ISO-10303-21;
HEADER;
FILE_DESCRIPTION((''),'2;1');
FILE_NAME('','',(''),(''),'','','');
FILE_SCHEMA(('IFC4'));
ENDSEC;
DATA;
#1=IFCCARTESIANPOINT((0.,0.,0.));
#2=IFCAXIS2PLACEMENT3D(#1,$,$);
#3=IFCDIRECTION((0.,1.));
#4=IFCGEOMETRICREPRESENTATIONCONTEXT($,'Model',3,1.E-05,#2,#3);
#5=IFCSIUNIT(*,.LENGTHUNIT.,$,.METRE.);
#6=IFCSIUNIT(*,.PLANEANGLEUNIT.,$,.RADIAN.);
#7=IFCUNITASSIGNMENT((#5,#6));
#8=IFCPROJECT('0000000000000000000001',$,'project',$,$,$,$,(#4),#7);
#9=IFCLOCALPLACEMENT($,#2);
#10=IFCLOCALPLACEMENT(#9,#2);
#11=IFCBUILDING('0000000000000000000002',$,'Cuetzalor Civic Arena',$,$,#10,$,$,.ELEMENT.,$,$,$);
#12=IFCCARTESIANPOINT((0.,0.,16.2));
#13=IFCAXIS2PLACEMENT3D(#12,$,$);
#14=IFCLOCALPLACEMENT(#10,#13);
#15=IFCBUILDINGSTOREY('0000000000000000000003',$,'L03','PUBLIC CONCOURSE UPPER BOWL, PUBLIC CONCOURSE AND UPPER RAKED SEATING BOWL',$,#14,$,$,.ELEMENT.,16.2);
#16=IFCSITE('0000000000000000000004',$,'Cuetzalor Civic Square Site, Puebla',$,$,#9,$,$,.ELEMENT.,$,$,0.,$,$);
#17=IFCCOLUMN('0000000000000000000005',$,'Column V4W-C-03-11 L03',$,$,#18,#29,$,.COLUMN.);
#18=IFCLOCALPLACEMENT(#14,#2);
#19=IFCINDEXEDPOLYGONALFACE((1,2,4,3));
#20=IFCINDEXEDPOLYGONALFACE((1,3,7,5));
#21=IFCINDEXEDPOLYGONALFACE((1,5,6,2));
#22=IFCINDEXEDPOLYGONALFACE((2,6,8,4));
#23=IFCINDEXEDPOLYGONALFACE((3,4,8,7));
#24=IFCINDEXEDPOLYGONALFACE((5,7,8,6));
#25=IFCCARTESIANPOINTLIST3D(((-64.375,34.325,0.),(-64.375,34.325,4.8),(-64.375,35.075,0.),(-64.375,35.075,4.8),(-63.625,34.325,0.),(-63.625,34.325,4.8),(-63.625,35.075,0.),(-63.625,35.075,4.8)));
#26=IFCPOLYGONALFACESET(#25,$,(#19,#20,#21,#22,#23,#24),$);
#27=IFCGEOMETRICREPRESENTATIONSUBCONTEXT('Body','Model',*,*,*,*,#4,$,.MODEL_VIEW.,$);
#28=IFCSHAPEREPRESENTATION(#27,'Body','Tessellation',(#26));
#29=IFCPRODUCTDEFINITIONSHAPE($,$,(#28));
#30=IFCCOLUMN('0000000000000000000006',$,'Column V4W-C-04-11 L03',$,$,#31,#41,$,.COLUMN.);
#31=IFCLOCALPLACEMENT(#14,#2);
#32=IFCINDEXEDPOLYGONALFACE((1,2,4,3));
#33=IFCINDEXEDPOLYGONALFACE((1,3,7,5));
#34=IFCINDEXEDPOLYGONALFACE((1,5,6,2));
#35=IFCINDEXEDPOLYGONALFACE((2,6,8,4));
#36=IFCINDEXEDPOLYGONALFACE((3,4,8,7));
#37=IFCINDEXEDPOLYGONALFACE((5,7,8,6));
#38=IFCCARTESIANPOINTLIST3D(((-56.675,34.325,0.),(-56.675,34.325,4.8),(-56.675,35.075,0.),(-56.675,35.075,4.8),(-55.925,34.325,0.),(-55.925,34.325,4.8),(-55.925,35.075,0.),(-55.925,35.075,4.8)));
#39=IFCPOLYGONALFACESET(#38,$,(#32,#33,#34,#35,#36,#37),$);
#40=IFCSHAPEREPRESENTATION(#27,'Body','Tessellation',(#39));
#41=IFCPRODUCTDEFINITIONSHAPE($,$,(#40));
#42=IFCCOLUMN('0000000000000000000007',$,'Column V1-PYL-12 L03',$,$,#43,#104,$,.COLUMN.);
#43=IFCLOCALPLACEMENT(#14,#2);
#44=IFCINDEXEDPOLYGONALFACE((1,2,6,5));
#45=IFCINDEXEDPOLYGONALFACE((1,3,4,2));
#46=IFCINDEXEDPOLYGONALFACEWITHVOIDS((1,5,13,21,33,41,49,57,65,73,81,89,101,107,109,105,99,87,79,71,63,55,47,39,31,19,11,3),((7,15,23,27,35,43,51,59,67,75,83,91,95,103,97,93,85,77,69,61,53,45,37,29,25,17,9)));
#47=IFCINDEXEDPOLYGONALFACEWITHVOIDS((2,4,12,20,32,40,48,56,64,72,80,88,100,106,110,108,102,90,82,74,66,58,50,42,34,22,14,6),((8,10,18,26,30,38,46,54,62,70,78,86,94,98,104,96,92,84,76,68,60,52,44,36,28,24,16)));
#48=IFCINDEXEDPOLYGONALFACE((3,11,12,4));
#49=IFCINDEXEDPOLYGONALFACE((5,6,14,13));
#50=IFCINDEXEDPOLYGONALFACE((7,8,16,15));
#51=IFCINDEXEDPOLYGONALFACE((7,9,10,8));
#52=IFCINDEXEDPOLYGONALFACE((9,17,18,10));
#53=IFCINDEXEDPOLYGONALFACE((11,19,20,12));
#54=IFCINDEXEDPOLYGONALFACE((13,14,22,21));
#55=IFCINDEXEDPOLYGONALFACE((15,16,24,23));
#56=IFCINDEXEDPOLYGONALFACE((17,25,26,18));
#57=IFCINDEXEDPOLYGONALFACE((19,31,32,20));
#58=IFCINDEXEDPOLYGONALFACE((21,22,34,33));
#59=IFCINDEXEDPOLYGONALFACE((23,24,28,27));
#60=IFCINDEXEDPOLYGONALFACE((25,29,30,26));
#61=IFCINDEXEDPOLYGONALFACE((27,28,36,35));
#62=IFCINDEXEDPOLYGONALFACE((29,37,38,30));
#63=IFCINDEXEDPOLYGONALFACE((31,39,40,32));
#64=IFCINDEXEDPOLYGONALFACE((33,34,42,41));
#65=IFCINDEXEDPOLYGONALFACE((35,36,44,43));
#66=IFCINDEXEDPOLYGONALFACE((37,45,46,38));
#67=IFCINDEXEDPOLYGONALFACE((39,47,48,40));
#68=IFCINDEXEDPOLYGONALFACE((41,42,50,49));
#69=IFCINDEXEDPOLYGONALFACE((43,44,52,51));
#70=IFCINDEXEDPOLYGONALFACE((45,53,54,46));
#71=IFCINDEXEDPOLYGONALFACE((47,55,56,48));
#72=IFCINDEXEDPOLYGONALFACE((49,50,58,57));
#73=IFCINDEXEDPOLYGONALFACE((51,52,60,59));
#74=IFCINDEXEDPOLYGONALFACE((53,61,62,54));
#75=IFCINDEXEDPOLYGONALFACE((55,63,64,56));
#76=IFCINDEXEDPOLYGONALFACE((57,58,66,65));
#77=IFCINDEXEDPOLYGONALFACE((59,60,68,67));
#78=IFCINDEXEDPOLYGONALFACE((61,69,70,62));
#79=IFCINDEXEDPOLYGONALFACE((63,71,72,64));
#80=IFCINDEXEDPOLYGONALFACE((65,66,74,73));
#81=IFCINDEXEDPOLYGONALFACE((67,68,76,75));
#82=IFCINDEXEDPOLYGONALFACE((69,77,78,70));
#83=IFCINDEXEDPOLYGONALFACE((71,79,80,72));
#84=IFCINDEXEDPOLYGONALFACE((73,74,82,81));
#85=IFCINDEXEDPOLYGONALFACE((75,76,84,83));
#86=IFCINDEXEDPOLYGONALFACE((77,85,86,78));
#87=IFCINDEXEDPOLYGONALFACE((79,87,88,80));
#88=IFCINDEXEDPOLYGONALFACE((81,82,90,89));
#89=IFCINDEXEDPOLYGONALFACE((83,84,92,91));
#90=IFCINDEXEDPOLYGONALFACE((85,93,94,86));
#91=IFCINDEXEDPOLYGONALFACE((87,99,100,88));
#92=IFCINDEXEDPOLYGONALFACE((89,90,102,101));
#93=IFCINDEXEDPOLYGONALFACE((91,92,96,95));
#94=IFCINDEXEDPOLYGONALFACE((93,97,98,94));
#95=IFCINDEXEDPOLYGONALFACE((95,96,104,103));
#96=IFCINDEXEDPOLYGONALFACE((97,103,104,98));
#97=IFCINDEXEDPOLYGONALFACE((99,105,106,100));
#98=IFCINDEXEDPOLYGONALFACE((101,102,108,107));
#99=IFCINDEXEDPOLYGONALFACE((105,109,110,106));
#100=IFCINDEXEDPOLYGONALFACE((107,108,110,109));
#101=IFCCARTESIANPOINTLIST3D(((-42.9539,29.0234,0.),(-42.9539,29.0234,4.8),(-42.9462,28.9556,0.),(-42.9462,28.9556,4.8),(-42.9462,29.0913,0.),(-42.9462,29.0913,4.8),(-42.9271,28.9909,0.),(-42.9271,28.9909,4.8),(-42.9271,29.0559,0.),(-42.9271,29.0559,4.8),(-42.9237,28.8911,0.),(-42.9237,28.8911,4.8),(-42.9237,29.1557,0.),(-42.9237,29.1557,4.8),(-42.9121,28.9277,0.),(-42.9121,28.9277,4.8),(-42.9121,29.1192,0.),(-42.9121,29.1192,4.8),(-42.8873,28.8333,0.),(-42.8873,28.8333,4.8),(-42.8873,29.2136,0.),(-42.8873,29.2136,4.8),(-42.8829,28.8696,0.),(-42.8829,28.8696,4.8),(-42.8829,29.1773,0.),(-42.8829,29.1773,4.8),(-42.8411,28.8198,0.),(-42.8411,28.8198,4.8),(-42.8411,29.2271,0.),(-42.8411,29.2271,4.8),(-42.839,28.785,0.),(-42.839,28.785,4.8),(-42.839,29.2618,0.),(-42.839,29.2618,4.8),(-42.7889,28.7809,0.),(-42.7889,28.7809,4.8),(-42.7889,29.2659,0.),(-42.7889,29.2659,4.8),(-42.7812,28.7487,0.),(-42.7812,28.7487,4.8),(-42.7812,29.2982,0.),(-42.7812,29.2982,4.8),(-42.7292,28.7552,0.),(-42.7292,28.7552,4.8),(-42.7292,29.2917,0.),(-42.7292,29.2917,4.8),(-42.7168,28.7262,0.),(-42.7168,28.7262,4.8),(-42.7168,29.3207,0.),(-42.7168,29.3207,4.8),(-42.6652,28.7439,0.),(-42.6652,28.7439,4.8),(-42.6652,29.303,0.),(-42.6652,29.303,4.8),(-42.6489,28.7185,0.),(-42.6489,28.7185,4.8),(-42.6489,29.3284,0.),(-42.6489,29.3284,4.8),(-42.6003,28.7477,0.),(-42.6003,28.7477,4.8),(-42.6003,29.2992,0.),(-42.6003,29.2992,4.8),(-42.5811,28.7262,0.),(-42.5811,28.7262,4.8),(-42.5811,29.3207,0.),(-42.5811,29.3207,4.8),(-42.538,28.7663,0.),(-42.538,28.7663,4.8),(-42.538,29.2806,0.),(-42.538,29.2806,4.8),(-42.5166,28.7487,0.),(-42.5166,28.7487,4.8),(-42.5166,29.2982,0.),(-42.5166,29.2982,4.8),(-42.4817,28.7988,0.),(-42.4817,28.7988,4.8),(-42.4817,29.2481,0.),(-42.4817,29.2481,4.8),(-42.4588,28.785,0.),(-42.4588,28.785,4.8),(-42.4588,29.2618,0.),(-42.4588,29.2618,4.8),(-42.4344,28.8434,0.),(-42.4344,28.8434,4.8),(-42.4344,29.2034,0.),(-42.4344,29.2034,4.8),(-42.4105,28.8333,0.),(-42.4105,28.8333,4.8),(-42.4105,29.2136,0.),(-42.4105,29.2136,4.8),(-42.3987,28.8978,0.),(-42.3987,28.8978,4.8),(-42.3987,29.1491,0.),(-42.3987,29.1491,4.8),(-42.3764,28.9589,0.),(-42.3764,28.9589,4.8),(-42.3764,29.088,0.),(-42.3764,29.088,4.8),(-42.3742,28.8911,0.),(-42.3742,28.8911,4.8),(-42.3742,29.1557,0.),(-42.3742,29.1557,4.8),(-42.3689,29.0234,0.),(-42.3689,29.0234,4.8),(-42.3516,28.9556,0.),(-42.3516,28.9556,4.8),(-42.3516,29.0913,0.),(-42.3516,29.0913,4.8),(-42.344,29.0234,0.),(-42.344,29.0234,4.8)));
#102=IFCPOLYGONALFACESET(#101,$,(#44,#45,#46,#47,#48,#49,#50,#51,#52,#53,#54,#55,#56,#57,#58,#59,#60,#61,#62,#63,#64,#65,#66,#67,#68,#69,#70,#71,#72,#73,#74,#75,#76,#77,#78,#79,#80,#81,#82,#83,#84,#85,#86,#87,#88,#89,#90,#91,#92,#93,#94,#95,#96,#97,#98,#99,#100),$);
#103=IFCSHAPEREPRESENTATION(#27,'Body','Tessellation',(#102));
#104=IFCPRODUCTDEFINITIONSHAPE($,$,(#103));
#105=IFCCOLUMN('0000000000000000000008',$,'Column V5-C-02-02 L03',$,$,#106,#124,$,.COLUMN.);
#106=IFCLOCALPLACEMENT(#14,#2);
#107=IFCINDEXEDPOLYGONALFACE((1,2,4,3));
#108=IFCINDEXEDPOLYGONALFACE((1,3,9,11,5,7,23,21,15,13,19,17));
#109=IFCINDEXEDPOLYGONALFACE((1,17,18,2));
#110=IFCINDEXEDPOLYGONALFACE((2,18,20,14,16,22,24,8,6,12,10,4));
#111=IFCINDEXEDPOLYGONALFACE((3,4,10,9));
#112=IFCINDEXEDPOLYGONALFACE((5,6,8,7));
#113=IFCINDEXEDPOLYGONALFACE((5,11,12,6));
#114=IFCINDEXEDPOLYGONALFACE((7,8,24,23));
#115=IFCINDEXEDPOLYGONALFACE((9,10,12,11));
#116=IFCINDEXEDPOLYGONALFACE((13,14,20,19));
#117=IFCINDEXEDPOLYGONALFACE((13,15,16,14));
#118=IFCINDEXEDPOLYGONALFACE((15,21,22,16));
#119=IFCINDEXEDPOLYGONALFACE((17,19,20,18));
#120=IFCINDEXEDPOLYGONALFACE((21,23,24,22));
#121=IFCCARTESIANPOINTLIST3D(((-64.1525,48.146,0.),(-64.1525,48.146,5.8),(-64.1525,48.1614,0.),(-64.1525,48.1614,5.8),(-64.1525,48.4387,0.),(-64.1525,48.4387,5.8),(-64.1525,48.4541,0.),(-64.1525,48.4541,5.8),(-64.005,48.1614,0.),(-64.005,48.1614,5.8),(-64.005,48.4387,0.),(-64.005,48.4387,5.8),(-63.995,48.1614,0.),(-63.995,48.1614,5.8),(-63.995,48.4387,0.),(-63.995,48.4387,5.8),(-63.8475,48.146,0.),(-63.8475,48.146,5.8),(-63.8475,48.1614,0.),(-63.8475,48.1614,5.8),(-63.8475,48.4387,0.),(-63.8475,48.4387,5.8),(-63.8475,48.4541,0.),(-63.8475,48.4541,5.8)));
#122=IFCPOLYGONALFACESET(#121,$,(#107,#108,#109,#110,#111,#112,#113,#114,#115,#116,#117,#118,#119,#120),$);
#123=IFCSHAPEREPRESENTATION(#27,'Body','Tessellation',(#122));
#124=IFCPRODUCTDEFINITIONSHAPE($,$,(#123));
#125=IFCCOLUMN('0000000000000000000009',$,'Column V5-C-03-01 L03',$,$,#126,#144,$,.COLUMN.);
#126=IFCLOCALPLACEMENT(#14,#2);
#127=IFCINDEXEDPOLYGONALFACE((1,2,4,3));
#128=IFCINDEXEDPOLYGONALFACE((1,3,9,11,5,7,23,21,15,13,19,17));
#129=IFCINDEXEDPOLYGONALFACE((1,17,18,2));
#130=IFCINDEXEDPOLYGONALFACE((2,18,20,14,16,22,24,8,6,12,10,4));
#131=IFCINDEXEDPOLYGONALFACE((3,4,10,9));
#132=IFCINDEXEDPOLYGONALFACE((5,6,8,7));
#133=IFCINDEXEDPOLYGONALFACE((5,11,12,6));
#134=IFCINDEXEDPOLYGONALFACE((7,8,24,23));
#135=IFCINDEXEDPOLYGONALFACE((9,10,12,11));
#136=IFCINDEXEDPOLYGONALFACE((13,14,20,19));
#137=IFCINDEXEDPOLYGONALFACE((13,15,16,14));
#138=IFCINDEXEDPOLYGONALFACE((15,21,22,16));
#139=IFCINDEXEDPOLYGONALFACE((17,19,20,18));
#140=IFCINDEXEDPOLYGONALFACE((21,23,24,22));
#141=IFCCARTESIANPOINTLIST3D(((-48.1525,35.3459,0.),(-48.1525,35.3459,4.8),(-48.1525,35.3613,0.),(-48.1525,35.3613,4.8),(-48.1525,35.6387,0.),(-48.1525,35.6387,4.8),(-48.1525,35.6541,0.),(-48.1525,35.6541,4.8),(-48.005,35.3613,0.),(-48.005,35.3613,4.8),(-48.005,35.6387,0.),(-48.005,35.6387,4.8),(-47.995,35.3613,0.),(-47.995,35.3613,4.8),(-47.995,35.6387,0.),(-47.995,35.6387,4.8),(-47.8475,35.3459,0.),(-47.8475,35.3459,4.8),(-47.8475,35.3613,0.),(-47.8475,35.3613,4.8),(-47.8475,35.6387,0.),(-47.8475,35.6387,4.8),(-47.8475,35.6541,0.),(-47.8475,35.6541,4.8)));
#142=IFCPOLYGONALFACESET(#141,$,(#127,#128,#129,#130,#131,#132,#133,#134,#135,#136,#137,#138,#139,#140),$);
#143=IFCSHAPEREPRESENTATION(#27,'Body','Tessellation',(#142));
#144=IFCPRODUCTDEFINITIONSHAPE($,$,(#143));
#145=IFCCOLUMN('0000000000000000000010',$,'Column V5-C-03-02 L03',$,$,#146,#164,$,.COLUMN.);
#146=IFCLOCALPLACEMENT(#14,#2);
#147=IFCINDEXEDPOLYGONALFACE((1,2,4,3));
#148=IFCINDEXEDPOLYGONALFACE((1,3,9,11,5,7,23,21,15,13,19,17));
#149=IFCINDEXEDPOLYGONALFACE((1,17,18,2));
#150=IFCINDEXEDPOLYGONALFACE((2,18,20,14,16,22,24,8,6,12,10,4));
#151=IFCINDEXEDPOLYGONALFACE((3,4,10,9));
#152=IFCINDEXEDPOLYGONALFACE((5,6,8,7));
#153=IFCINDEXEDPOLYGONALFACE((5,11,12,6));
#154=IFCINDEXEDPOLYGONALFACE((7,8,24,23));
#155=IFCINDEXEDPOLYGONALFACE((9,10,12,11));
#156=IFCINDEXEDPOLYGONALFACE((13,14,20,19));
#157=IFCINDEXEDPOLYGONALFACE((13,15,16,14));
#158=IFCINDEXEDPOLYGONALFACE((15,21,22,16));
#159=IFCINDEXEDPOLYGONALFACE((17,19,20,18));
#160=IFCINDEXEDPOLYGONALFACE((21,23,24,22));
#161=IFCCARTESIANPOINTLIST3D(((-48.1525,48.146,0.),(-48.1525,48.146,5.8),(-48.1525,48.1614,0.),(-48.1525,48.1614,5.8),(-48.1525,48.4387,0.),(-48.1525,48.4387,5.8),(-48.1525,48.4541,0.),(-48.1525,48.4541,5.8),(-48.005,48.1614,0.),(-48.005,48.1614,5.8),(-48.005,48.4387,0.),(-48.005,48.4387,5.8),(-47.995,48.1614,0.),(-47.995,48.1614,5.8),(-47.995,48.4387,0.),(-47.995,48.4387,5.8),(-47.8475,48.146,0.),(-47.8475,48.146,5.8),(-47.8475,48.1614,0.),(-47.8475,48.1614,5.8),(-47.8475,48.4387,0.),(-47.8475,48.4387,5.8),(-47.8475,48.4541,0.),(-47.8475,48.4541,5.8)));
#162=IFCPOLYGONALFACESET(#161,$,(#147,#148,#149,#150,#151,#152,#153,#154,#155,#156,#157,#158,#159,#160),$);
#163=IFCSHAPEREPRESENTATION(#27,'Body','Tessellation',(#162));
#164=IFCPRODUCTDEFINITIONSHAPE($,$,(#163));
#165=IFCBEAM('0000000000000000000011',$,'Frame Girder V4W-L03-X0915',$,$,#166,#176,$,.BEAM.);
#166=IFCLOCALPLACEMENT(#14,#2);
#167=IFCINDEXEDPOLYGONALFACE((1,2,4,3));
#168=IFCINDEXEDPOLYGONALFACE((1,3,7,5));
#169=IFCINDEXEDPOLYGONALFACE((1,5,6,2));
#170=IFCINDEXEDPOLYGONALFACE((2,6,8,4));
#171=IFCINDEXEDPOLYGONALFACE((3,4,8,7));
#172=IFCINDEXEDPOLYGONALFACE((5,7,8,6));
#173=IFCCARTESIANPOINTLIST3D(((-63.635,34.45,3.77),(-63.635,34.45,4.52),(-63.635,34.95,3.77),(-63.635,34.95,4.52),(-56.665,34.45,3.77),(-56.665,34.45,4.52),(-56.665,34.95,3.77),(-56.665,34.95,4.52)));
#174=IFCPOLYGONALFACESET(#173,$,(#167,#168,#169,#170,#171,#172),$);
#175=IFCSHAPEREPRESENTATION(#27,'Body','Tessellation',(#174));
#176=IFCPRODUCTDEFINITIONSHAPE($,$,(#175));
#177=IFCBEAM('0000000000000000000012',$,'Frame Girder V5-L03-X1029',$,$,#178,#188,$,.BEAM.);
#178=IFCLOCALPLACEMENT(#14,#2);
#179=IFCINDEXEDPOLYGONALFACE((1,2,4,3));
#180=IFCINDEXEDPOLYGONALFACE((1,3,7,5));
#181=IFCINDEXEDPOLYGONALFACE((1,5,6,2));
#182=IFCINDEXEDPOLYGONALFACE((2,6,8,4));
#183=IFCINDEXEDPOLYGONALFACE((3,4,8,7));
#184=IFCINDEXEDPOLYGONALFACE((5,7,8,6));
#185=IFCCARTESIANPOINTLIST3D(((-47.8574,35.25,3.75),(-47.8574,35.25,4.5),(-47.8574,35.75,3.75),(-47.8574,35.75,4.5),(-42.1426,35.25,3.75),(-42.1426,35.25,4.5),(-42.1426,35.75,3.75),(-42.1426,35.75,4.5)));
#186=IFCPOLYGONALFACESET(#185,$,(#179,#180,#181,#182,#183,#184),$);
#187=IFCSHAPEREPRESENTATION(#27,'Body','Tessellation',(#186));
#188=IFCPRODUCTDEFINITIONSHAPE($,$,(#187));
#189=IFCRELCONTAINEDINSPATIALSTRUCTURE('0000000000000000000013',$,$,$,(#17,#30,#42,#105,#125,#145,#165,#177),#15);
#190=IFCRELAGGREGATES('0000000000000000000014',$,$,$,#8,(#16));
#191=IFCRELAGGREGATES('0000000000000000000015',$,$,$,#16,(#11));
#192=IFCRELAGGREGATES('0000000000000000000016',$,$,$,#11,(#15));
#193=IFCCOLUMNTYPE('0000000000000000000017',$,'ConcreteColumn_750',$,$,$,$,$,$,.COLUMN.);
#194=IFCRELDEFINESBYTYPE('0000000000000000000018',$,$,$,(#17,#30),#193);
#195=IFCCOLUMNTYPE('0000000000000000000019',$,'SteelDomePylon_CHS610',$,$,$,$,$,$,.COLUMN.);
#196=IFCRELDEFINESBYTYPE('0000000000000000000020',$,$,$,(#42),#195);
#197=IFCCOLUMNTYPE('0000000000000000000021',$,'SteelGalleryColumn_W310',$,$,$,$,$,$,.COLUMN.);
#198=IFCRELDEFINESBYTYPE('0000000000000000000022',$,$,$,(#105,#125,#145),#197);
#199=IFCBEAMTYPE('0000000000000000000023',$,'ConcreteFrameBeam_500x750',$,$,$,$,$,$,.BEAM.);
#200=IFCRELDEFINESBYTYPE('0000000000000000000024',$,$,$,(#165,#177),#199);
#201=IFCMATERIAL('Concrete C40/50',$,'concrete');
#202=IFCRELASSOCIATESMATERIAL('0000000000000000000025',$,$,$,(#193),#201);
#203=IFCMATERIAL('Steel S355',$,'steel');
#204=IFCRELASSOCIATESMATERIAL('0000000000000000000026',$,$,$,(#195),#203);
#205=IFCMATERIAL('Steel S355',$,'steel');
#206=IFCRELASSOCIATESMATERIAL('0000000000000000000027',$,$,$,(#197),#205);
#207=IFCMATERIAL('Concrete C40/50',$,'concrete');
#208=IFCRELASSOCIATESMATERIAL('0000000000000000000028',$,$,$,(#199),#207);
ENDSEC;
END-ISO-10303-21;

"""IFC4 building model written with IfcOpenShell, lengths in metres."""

from ifc_helpers import new_model, si_unit, direction, frame, origin, origin_2d, place, context, subcontext, project, spatial, rectangle, hollow_circle, i_section, extrude, material, material_profile, profile_set, type_object, element, save


model = new_model("IFC4")

# Units and contexts
model_context = context("Model", 3, precision=1e-05, world=origin(), true_north=direction((0.0, 1.0)))
body_context = subcontext(model_context, "Body", "Model", "MODEL_VIEW")
ifc_project = project(units=[si_unit("LENGTHUNIT", "METRE"), si_unit("PLANEANGLEUNIT", "RADIAN")], contexts=[model_context])

# Site, building, storey
site_placement = place(None, origin())
site = spatial("IfcSite", under=ifc_project, at=site_placement, Name="Cuetzalor Civic Square Site, Puebla", CompositionType="ELEMENT", RefElevation=0.0)
building_placement = place(site_placement, origin())
building = spatial("IfcBuilding", under=site, at=building_placement, Name="Cuetzalor Civic Arena", CompositionType="ELEMENT")
storey_placement = place(building_placement, frame((0.0, 0.0, 16.2)))
storey = spatial("IfcBuildingStorey", under=building, at=storey_placement, Name="L03", Description="PUBLIC CONCOURSE UPPER BOWL, PUBLIC CONCOURSE AND UPPER RAKED SEATING BOWL", CompositionType="ELEMENT", Elevation=16.2)

# Columns
ifc_material_1 = material(Name="Concrete C40/50", Category="concrete")
ifc_material_profile_1 = material_profile(ifc_material_1, rectangle(XDim=0.75, YDim=0.75, at=origin_2d()), Name="RC 750x750")
ifc_profile_set_1 = profile_set([ifc_material_profile_1], Name="Concrete C40/50")
column_type_1 = type_object("IfcColumnType", Name="ConcreteColumn_750", PredefinedType="COLUMN", material=ifc_profile_set_1)
for number, where, z_axis, x_axis, name in (
    (1, (-64.0, 34.7, 0.0), (0.0, 0.0, 1.0), (1.0, 0.0, 0.0), "Column V4W-C-03-11 L03"),
    (2, (-56.3, 34.7, 0.0), (0.0, 0.0, 1.0), (1.0, 0.0, 0.0), "Column V4W-C-04-11 L03"),
):
    element("IfcColumn", number, at=place(storey_placement, frame(where, z_axis=z_axis, x_axis=x_axis)), inside=storey, type_object=column_type_1, Name=name, PredefinedType="COLUMN", context=body_context, shape_type="SweptSolid", body=[
        extrude(rectangle(XDim=0.75, YDim=0.75, at=origin_2d()), origin(), (0.0, 0.0, 1.0), 4.8),
    ])
ifc_material_2 = material(Name="Steel S355", Category="steel")
ifc_material_profile_2 = material_profile(ifc_material_2, hollow_circle(Radius=0.3049, WallThickness=0.0249, at=origin_2d()), Name="CHS 610x25")
ifc_profile_set_2 = profile_set([ifc_material_profile_2], Name="Steel S355")
column_type_2 = type_object("IfcColumnType", Name="SteelDomePylon_CHS610", PredefinedType="COLUMN", material=ifc_profile_set_2)
column_1_placement = place(storey_placement, frame((-42.6489, 29.0234, 0.0), z_axis=(0.0, 0.0, 1.0), x_axis=(1.0, 0.0, 0.0)))
element("IfcColumn", 3, at=column_1_placement, inside=storey, type_object=column_type_2, Name="Column V1-PYL-12 L03", PredefinedType="COLUMN", context=body_context, shape_type="SweptSolid", body=[
    extrude(hollow_circle(Radius=0.3049, WallThickness=0.0249, at=origin_2d()), origin(), (0.0, 0.0, 1.0), 4.8),
])
ifc_material_3 = material(Name="Steel S355", Category="steel")
ifc_material_profile_3 = material_profile(ifc_material_3, i_section(OverallWidth=0.3049, OverallDepth=0.3081, WebThickness=0.01, FlangeThickness=0.0154, at=origin_2d()), Name="W310x97")
ifc_profile_set_3 = profile_set([ifc_material_profile_3], Name="Steel S355")
column_type_3 = type_object("IfcColumnType", Name="SteelGalleryColumn_W310", PredefinedType="COLUMN", material=ifc_profile_set_3)
column_2_placement = place(storey_placement, frame((-64.0, 48.3, 0.0), z_axis=(0.0, 0.0, 1.0), x_axis=(1.0, 0.0, 0.0)))
element("IfcColumn", 4, at=column_2_placement, inside=storey, type_object=column_type_3, Name="Column V5-C-02-02 L03", PredefinedType="COLUMN", context=body_context, shape_type="SweptSolid", body=[
    extrude(i_section(OverallWidth=0.3049, OverallDepth=0.3081, WebThickness=0.01, FlangeThickness=0.0154, at=origin_2d()), origin(), (0.0, 0.0, 1.0), 5.8),
])
column_3_placement = place(storey_placement, frame((-48.0, 35.5, 0.0), z_axis=(0.0, 0.0, 1.0), x_axis=(1.0, 0.0, 0.0)))
element("IfcColumn", 5, at=column_3_placement, inside=storey, type_object=column_type_3, Name="Column V5-C-03-01 L03", PredefinedType="COLUMN", context=body_context, shape_type="SweptSolid", body=[
    extrude(i_section(OverallWidth=0.3049, OverallDepth=0.3081, WebThickness=0.01, FlangeThickness=0.0154, at=origin_2d()), origin(), (0.0, 0.0, 1.0), 4.8),
])
column_4_placement = place(storey_placement, frame((-48.0, 48.3, 0.0), z_axis=(0.0, 0.0, 1.0), x_axis=(1.0, 0.0, 0.0)))
element("IfcColumn", 6, at=column_4_placement, inside=storey, type_object=column_type_3, Name="Column V5-C-03-02 L03", PredefinedType="COLUMN", context=body_context, shape_type="SweptSolid", body=[
    extrude(i_section(OverallWidth=0.3049, OverallDepth=0.3081, WebThickness=0.01, FlangeThickness=0.0154, at=origin_2d()), origin(), (0.0, 0.0, 1.0), 5.8),
])

# Beams
ifc_material_4 = material(Name="Concrete C40/50", Category="concrete")
ifc_material_profile_4 = material_profile(ifc_material_4, rectangle(XDim=0.5, YDim=0.75, at=origin_2d()), Name="RC 500x750")
ifc_profile_set_4 = profile_set([ifc_material_profile_4], Name="Concrete C40/50")
beam_type_1 = type_object("IfcBeamType", Name="ConcreteFrameBeam_500x750", PredefinedType="BEAM", material=ifc_profile_set_4)
beam_1_placement = place(storey_placement, frame((-63.635, 34.7, 4.145), z_axis=(1.0, 0.0, 0.0), x_axis=(0.0, 1.0, 0.0)))
element("IfcBeam", 7, at=beam_1_placement, inside=storey, type_object=beam_type_1, Name="Frame Girder V4W-L03-X0915", PredefinedType="BEAM", context=body_context, shape_type="SweptSolid", body=[
    extrude(rectangle(XDim=0.5, YDim=0.75, at=origin_2d()), origin(), (0.0, 0.0, 1.0), 6.97),
])
beam_2_placement = place(storey_placement, frame((-47.8574, 35.5, 4.125), z_axis=(1.0, 0.0, 0.0), x_axis=(0.0, 1.0, 0.0)))
element("IfcBeam", 8, at=beam_2_placement, inside=storey, type_object=beam_type_1, Name="Frame Girder V5-L03-X1029", PredefinedType="BEAM", context=body_context, shape_type="SweptSolid", body=[
    extrude(rectangle(XDim=0.5, YDim=0.75, at=origin_2d()), origin(), (0.0, 0.0, 1.0), 5.7148),
])

save(model, "model.ifc")
